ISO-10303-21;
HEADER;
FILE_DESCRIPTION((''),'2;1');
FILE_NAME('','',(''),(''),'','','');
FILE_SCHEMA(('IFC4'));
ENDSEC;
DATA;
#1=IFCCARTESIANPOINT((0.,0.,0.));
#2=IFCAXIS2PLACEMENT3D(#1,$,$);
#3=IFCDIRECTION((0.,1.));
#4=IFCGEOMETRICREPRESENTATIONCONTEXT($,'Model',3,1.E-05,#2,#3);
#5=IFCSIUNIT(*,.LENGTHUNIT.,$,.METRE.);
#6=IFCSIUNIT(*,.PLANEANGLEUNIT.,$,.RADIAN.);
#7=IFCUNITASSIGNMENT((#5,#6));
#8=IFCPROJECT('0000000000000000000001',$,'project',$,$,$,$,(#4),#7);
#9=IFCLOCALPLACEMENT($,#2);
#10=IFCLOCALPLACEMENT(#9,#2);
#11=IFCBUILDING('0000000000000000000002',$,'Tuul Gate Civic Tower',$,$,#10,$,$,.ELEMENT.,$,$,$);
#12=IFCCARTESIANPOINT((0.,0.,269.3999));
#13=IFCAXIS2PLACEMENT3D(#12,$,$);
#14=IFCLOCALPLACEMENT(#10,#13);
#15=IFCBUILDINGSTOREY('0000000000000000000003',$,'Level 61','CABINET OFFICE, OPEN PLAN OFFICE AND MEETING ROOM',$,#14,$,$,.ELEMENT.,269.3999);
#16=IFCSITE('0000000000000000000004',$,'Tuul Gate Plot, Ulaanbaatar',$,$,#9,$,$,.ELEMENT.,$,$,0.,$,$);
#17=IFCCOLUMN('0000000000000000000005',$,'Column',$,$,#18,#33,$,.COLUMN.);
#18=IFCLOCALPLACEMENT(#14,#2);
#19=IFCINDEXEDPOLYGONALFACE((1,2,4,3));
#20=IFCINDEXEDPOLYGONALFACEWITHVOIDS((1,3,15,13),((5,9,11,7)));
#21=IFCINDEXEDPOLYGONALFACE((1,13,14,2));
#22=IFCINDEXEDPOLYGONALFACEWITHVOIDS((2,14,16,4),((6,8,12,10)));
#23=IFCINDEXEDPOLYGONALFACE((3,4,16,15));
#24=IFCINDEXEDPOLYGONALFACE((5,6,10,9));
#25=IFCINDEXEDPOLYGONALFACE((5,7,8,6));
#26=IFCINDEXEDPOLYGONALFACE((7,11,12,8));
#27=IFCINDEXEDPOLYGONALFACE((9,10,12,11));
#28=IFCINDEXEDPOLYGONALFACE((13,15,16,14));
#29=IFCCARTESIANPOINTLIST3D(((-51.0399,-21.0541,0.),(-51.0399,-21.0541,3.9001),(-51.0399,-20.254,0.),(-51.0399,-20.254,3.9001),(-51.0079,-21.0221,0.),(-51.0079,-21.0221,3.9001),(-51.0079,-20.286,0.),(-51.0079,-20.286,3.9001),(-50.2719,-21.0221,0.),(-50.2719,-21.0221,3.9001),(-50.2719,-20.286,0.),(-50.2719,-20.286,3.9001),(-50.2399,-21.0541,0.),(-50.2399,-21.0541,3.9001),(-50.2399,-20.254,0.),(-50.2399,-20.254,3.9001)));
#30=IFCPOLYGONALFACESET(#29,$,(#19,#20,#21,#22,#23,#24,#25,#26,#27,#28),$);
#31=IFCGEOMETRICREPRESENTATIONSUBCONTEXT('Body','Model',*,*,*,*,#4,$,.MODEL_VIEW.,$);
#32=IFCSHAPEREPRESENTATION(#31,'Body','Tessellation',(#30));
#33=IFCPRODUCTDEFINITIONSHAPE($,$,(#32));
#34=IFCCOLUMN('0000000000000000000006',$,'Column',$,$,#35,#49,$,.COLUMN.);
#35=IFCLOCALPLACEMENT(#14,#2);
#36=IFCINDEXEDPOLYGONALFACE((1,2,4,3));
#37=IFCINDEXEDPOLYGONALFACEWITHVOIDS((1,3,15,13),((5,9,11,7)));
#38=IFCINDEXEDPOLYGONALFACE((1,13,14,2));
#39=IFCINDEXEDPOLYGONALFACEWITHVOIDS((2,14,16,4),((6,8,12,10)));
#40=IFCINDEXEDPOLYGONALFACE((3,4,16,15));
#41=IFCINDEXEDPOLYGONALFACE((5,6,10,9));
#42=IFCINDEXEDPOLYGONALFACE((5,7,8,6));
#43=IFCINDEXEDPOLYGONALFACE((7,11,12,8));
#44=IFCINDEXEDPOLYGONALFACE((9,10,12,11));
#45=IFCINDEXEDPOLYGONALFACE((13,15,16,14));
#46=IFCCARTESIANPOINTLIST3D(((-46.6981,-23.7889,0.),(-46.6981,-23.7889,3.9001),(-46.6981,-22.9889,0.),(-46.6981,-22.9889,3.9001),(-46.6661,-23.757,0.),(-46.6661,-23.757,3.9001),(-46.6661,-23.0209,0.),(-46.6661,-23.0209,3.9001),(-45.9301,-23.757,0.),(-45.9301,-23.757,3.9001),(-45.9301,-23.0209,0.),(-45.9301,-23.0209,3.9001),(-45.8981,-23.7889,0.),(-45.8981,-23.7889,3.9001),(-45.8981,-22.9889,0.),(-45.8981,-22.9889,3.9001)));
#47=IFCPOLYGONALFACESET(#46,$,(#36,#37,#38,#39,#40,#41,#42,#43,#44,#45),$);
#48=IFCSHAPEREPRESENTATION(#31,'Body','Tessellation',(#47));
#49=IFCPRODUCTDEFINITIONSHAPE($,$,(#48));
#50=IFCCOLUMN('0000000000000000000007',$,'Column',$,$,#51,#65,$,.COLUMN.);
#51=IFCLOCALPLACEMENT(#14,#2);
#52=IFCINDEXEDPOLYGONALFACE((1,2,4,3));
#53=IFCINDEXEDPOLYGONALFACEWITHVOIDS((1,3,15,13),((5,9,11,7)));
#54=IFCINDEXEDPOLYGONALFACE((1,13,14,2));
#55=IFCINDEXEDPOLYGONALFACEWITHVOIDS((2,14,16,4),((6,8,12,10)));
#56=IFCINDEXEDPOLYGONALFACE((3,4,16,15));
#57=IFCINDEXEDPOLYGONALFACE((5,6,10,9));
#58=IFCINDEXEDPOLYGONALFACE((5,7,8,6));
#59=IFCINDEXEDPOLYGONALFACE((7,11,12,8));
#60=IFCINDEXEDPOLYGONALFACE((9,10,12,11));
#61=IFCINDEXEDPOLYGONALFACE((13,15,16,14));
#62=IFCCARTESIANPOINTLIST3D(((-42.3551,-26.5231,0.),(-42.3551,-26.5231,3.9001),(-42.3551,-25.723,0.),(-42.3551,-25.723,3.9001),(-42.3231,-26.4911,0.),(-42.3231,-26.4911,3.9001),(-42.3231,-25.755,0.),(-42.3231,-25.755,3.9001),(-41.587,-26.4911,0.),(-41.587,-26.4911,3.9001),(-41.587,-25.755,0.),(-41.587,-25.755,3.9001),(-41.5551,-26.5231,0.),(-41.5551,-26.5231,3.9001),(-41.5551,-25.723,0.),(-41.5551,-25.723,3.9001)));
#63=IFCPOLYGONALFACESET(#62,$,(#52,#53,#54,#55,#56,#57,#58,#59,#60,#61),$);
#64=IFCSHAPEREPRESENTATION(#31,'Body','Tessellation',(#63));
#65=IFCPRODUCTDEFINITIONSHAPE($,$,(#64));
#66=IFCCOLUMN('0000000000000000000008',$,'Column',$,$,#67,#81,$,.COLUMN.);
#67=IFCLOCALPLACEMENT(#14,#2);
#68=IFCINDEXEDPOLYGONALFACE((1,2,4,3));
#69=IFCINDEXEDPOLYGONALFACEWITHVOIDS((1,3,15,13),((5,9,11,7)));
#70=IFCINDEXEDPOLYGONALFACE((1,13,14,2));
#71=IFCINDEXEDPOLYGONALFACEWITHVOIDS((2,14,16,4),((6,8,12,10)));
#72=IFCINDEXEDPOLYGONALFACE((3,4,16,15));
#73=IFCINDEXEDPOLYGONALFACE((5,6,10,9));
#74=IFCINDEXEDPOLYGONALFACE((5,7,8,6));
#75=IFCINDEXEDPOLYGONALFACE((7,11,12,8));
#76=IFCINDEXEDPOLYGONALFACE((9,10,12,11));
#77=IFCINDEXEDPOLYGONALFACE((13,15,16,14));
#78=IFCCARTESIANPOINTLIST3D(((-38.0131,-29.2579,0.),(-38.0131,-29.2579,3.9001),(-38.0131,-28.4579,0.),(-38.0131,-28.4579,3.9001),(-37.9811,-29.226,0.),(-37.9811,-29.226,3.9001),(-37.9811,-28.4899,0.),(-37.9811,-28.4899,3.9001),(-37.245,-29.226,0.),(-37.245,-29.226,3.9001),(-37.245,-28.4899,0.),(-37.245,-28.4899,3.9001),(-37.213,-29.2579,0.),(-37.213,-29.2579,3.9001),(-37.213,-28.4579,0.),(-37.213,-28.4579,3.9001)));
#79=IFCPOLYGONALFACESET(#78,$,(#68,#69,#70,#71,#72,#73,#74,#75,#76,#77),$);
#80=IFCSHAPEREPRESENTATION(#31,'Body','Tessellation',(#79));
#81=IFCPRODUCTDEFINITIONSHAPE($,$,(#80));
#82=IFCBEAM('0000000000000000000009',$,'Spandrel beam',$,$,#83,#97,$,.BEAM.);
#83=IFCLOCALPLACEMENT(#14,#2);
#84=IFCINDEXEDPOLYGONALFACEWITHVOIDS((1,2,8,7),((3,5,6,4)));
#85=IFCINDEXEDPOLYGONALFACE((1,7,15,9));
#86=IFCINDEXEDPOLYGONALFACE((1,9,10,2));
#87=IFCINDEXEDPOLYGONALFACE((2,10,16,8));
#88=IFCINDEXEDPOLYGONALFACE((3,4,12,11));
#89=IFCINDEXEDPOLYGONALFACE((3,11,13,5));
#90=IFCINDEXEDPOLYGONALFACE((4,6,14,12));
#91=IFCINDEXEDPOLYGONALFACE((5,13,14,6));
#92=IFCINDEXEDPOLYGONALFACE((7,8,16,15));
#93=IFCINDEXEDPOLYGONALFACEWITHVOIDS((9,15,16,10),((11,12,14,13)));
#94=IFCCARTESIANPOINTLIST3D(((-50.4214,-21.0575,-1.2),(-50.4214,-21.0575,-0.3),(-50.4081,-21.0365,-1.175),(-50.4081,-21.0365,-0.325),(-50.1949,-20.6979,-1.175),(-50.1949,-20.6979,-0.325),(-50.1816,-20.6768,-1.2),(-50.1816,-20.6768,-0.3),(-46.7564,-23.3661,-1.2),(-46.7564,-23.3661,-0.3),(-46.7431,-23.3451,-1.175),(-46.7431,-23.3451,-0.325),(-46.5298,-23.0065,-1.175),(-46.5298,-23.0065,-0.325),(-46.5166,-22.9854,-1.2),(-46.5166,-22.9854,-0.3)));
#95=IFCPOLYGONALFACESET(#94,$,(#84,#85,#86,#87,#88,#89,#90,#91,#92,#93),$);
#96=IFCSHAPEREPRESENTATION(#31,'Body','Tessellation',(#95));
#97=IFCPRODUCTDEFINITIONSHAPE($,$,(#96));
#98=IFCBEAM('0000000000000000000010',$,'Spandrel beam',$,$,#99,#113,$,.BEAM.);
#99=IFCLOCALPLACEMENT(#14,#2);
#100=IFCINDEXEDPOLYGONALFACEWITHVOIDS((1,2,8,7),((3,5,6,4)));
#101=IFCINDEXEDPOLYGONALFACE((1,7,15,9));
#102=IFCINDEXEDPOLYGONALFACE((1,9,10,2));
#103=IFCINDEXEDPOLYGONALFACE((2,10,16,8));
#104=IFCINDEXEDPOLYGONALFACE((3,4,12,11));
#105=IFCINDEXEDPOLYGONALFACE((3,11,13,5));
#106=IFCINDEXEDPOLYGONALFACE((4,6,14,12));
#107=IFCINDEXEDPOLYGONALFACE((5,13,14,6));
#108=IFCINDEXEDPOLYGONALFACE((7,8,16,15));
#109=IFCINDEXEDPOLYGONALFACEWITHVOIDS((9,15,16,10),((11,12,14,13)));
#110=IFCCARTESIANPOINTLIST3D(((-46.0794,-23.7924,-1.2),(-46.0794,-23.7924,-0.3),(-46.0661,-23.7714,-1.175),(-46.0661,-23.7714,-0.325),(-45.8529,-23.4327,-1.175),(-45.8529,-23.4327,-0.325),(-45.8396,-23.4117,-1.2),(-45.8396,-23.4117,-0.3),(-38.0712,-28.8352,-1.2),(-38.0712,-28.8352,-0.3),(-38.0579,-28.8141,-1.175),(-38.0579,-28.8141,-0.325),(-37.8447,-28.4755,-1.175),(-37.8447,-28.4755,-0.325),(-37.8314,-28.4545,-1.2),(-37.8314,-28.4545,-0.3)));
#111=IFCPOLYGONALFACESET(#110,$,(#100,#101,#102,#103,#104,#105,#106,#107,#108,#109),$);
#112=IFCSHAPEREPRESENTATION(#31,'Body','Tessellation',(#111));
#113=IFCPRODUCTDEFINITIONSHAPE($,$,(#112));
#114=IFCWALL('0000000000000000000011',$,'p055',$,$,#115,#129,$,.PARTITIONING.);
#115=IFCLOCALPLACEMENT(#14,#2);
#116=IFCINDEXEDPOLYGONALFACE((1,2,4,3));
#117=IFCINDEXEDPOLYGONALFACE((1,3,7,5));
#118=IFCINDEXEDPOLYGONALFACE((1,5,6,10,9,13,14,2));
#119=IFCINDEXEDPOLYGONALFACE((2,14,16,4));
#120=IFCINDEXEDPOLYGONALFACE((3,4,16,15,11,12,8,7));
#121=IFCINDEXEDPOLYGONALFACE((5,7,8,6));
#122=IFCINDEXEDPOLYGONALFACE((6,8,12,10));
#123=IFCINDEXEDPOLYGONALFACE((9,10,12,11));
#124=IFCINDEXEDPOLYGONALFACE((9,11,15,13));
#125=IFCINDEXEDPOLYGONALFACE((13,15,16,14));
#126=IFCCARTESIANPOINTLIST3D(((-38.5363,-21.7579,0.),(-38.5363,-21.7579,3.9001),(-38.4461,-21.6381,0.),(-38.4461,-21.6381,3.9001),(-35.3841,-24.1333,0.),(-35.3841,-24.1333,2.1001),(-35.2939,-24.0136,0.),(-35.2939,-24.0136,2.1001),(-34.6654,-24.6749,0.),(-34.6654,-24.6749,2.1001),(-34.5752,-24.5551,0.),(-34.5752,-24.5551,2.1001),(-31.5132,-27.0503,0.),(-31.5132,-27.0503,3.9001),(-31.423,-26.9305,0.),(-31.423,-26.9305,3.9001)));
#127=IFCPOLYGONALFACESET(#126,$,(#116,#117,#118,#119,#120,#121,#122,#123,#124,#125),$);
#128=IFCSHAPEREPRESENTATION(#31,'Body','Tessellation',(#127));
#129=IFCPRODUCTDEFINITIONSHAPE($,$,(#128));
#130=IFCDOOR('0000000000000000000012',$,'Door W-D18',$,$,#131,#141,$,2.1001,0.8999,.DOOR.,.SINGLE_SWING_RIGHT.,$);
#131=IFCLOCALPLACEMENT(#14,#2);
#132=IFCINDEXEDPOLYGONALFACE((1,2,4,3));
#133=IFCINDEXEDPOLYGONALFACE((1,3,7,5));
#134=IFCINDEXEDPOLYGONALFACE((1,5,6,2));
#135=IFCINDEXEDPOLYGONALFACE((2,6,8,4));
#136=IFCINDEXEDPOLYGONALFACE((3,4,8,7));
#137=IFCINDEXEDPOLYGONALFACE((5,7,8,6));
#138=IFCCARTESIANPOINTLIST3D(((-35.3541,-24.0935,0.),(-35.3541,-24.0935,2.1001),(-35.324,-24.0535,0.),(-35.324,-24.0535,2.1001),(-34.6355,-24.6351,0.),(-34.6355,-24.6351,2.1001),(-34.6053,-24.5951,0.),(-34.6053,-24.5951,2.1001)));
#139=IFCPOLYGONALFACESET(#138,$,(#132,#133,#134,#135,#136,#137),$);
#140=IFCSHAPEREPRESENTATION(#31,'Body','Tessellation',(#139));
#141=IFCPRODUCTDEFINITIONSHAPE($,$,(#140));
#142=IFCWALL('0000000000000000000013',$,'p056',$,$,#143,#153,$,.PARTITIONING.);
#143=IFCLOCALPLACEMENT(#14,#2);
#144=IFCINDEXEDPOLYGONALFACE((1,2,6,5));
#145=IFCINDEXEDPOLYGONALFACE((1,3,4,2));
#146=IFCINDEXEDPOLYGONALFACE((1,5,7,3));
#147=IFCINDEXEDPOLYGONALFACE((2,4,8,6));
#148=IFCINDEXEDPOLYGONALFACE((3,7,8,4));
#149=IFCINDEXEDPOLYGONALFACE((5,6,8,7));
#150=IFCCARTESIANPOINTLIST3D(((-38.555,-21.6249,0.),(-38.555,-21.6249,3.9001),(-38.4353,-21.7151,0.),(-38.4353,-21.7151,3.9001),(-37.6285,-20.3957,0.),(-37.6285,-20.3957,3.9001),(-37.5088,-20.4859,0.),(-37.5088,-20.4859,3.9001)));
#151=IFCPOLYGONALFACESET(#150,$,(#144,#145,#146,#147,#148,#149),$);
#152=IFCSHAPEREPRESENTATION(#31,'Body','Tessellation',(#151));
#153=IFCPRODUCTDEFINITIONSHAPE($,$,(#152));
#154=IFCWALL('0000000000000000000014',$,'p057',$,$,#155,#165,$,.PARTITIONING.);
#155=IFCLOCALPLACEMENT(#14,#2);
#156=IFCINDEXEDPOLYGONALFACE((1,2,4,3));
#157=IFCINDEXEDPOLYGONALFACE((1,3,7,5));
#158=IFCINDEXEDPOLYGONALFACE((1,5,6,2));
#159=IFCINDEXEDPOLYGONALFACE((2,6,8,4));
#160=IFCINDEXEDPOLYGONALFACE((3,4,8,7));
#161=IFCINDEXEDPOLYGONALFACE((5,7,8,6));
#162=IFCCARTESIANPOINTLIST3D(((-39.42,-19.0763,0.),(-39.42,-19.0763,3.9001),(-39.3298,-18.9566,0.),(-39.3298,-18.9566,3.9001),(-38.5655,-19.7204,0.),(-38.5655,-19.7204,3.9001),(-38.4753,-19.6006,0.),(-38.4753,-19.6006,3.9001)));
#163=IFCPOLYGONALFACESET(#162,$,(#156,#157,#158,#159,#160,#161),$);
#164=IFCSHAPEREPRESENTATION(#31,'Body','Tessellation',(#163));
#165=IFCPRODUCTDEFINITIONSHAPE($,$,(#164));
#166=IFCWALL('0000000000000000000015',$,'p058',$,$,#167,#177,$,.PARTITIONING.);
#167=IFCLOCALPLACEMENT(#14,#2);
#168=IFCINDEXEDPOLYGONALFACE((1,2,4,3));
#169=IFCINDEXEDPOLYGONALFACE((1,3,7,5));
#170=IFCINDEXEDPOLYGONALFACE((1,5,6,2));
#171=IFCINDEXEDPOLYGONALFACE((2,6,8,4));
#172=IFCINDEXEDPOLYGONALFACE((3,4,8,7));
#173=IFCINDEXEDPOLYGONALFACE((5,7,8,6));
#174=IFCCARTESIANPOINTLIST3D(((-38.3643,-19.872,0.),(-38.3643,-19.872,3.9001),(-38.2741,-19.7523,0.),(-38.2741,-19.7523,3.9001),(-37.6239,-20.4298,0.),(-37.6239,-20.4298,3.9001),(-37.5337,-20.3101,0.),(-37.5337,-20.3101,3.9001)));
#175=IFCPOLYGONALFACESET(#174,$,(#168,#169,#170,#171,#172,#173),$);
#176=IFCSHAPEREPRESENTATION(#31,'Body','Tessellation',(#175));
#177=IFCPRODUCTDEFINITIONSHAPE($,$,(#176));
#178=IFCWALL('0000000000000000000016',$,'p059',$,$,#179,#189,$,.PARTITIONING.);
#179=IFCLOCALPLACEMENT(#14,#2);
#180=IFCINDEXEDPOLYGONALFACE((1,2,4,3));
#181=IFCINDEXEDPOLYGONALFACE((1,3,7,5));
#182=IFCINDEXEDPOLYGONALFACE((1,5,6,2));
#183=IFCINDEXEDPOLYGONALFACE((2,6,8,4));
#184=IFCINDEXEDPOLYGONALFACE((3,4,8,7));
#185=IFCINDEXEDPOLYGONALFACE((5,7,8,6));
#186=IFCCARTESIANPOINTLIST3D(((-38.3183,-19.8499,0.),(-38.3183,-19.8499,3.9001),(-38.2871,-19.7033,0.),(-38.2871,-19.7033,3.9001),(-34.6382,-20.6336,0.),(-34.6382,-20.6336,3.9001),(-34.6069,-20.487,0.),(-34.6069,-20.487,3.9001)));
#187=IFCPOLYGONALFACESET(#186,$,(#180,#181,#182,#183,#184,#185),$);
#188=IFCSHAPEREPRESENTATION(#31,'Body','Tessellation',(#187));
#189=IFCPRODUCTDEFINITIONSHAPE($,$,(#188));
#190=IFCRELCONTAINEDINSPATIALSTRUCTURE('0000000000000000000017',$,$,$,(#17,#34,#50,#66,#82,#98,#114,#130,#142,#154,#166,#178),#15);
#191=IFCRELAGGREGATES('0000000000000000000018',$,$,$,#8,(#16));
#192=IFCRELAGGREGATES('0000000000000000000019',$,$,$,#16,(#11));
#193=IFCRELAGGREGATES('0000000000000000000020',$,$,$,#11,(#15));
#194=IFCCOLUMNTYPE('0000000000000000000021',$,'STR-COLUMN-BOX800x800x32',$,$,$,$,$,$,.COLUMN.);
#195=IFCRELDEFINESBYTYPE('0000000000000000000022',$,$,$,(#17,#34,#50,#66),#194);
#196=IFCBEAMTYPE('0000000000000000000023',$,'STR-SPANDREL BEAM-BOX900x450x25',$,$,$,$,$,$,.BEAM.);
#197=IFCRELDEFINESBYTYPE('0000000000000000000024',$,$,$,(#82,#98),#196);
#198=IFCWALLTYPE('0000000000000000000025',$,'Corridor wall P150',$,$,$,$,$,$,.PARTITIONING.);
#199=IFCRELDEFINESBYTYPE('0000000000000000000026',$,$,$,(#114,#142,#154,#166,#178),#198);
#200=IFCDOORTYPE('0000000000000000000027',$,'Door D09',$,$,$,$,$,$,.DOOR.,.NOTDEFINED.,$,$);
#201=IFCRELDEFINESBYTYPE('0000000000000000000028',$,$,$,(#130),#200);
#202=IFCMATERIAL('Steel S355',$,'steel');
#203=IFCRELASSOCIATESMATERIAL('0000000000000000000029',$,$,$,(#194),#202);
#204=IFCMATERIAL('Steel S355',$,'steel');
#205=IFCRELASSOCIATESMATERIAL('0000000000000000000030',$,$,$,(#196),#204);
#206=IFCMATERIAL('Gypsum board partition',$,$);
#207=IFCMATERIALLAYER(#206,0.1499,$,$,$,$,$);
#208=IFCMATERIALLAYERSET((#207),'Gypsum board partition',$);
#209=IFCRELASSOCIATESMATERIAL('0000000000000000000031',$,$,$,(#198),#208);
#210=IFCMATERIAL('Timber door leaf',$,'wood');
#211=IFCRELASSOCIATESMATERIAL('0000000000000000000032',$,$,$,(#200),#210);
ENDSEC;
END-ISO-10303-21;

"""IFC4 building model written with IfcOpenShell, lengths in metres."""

from ifc_helpers import new_model, si_unit, direction, frame, frame_2d, origin, origin_2d, place, context, subcontext, project, spatial, rectangle, hollow_rectangle, extrude, material, layer, layer_set, material_profile, profile_set, type_object, element, fill, save


model = new_model("IFC4")

# Units and contexts
model_context = context("Model", 3, precision=1e-05, world=origin(), true_north=direction((0.0, 1.0)))
body_context = subcontext(model_context, "Body", "Model", "MODEL_VIEW")
ifc_project = project(units=[si_unit("LENGTHUNIT", "METRE"), si_unit("PLANEANGLEUNIT", "RADIAN")], contexts=[model_context])

# Site, building, storey
site_placement = place(None, origin())
site = spatial("IfcSite", under=ifc_project, at=site_placement, Name="Tuul Gate Plot, Ulaanbaatar", CompositionType="ELEMENT", RefElevation=0.0)
building_placement = place(site_placement, origin())
building = spatial("IfcBuilding", under=site, at=building_placement, Name="Tuul Gate Civic Tower", CompositionType="ELEMENT")
storey_placement = place(building_placement, frame((0.0, 0.0, 269.3999)))
storey = spatial("IfcBuildingStorey", under=building, at=storey_placement, Name="Level 61", Description="CABINET OFFICE, OPEN PLAN OFFICE AND MEETING ROOM", CompositionType="ELEMENT", Elevation=269.3999)

# Columns
ifc_material_1 = material(Name="Steel S355", Category="steel")
ifc_material_profile_1 = material_profile(ifc_material_1, hollow_rectangle(XDim=0.8, YDim=0.8, WallThickness=0.032, at=origin_2d()), Name="BOX800x800x32")
ifc_profile_set_1 = profile_set([ifc_material_profile_1], Name="Steel S355")
column_type = type_object("IfcColumnType", Name="STR-COLUMN-BOX800x800x32", PredefinedType="COLUMN", material=ifc_profile_set_1)
for number, where, z_axis, x_axis, name in (
    (1, (-50.6399, -20.6541, 0.0), (0.0, 0.0, 1.0), (1.0, 0.0, 0.0), "Column"),
    (2, (-46.2981, -23.3889, 0.0), (0.0, 0.0, 1.0), (1.0, 0.0, 0.0), "Column"),
    (3, (-41.9551, -26.123, 0.0), (0.0, 0.0, 1.0), (1.0, 0.0, 0.0), "Column"),
    (4, (-37.613, -28.8579, 0.0), (0.0, 0.0, 1.0), (1.0, 0.0, 0.0), "Column"),
):
    element("IfcColumn", number, at=place(storey_placement, frame(where, z_axis=z_axis, x_axis=x_axis)), inside=storey, type_object=column_type, Name=name, PredefinedType="COLUMN", context=body_context, shape_type="SweptSolid", body=[
        extrude(hollow_rectangle(XDim=0.8, YDim=0.8, WallThickness=0.032, at=origin_2d()), origin(), (0.0, 0.0, 1.0), 3.9001),
    ])

# Beams
ifc_material_2 = material(Name="Steel S355", Category="steel")
ifc_material_profile_2 = material_profile(ifc_material_2, hollow_rectangle(XDim=0.45, YDim=0.8999, WallThickness=0.0249, at=origin_2d()), Name="BOX900x450x25")
ifc_profile_set_2 = profile_set([ifc_material_profile_2], Name="Steel S355")
beam_type = type_object("IfcBeamType", Name="STR-SPANDREL BEAM-BOX900x450x25", PredefinedType="BEAM", material=ifc_profile_set_2)
beam_1_placement = place(storey_placement, frame((-50.3015, -20.8672, -0.75), z_axis=(0.846131, -0.532975, 0.0), x_axis=(0.532975, 0.846131, 0.0)))
element("IfcBeam", 5, at=beam_1_placement, inside=storey, type_object=beam_type, Name="Spandrel beam", PredefinedType="BEAM", context=body_context, shape_type="SweptSolid", body=[
    extrude(hollow_rectangle(XDim=0.45, YDim=0.8999, WallThickness=0.0249, at=origin_2d()), origin(), (0.0, 0.0, 1.0), 4.3315),
])
beam_2_placement = place(storey_placement, frame((-45.9595, -23.6021, -0.75), z_axis=(0.846204, -0.53286, 0.0), x_axis=(0.53286, 0.846204, 0.0)))
element("IfcBeam", 6, at=beam_2_placement, inside=storey, type_object=beam_type, Name="Spandrel beam", PredefinedType="BEAM", context=body_context, shape_type="SweptSolid", body=[
    extrude(hollow_rectangle(XDim=0.45, YDim=0.8999, WallThickness=0.0249, at=origin_2d()), origin(), (0.0, 0.0, 1.0), 9.4636),
])

# Wall, opening, door
ifc_material_3 = material(Name="Gypsum board partition")
ifc_layer_1 = layer(ifc_material_3, 0.1499)
ifc_layer_set_1 = layer_set([ifc_layer_1], Name="Gypsum board partition")
wall_type_1 = type_object("IfcWallType", Name="Corridor wall P150", PredefinedType="PARTITIONING", material=ifc_layer_set_1)
wall_1_placement = place(storey_placement, frame((-38.4912, -21.698, 0.0), z_axis=(0.0, 0.0, 1.0), x_axis=(0.798629, -0.601824, 0.0)))
wall_1 = element("IfcWall", 7, at=wall_1_placement, inside=storey, type_object=wall_type_1, Name="p055", PredefinedType="PARTITIONING", context=body_context, shape_type="SweptSolid", body=[
    extrude(rectangle(XDim=8.7939, YDim=0.1499, at=frame_2d((4.397, 0.0))), origin(), (0.0, 0.0, 1.0), 3.9001),
])
opening_1_placement = place(wall_1_placement, frame((3.947, 0.0, 0.0)))
opening_1 = element("IfcOpeningElement", 8, at=opening_1_placement, cuts=wall_1, PredefinedType="OPENING", context=body_context, shape_type="SweptSolid", body=[
    extrude(rectangle(XDim=0.8999, YDim=2.1001, at=frame_2d((0.45, 1.05))), frame((0.0, 0.085, 0.0), z_axis=(0.0, -1.0, 0.0), x_axis=(1.0, 0.0, 0.0)), (0.0, 0.0, 1.0), 0.1699),
])
ifc_material_4 = material(Name="Timber door leaf", Category="wood")
door_type_1 = type_object("IfcDoorType", Name="Door D09", OperationType="NOTDEFINED", PredefinedType="DOOR", material=ifc_material_4)
door_1_placement = place(opening_1_placement, origin())
door_1 = element("IfcDoor", 9, at=door_1_placement, inside=storey, type_object=door_type_1, Name="Door W-D18", OperationType="SINGLE_SWING_RIGHT", OverallHeight=2.1001, OverallWidth=0.8999, PredefinedType="DOOR", context=body_context, shape_type="SweptSolid", body=[
    extrude(rectangle(XDim=0.8999, YDim=2.1001, at=frame_2d((0.45, 1.05))), frame((0.0, 0.0249, 0.0), z_axis=(0.0, -1.0, 0.0), x_axis=(1.0, 0.0, 0.0)), (0.0, 0.0, 1.0), 0.05),
])
fill(opening_1, door_1)

# Walls
wall_2_placement = place(storey_placement, frame((-38.4951, -21.6699, 0.0), z_axis=(0.0, 0.0, 1.0), x_axis=(0.601902, 0.79857, 0.0)))
element("IfcWall", 10, at=wall_2_placement, inside=storey, type_object=wall_type_1, Name="p056", PredefinedType="PARTITIONING", context=body_context, shape_type="SweptSolid", body=[
    extrude(rectangle(XDim=1.5393, YDim=0.1499, at=frame_2d((0.7695, 0.0))), origin(), (0.0, 0.0, 1.0), 3.9001),
])
wall_3_placement = place(storey_placement, frame((-39.375, -19.0164, 0.0), z_axis=(0.0, 0.0, 1.0), x_axis=(0.798574, -0.601897, 0.0)))
element("IfcWall", 11, at=wall_3_placement, inside=storey, type_object=wall_type_1, Name="p057", PredefinedType="PARTITIONING", context=body_context, shape_type="SweptSolid", body=[
    extrude(rectangle(XDim=1.0701, YDim=0.1499, at=frame_2d((0.5352, 0.0))), origin(), (0.0, 0.0, 1.0), 3.9001),
])
wall_4_placement = place(storey_placement, frame((-38.3191, -19.8123, 0.0), z_axis=(0.0, 0.0, 1.0), x_axis=(0.798703, -0.601726, 0.0)))
element("IfcWall", 12, at=wall_4_placement, inside=storey, type_object=wall_type_1, Name="p058", PredefinedType="PARTITIONING", context=body_context, shape_type="SweptSolid", body=[
    extrude(rectangle(XDim=0.927, YDim=0.1499, at=frame_2d((0.4634, 0.0))), origin(), (0.0, 0.0, 1.0), 3.9001),
])
wall_5_placement = place(storey_placement, frame((-38.3027, -19.7766, 0.0), z_axis=(0.0, 0.0, 1.0), x_axis=(0.978069, -0.208279, 0.0)))
element("IfcWall", 13, at=wall_5_placement, inside=storey, type_object=wall_type_1, Name="p059", PredefinedType="PARTITIONING", context=body_context, shape_type="SweptSolid", body=[
    extrude(rectangle(XDim=3.7627, YDim=0.1499, at=frame_2d((1.8813, 0.0))), origin(), (0.0, 0.0, 1.0), 3.9001),
])

save(model, "model.ifc")
